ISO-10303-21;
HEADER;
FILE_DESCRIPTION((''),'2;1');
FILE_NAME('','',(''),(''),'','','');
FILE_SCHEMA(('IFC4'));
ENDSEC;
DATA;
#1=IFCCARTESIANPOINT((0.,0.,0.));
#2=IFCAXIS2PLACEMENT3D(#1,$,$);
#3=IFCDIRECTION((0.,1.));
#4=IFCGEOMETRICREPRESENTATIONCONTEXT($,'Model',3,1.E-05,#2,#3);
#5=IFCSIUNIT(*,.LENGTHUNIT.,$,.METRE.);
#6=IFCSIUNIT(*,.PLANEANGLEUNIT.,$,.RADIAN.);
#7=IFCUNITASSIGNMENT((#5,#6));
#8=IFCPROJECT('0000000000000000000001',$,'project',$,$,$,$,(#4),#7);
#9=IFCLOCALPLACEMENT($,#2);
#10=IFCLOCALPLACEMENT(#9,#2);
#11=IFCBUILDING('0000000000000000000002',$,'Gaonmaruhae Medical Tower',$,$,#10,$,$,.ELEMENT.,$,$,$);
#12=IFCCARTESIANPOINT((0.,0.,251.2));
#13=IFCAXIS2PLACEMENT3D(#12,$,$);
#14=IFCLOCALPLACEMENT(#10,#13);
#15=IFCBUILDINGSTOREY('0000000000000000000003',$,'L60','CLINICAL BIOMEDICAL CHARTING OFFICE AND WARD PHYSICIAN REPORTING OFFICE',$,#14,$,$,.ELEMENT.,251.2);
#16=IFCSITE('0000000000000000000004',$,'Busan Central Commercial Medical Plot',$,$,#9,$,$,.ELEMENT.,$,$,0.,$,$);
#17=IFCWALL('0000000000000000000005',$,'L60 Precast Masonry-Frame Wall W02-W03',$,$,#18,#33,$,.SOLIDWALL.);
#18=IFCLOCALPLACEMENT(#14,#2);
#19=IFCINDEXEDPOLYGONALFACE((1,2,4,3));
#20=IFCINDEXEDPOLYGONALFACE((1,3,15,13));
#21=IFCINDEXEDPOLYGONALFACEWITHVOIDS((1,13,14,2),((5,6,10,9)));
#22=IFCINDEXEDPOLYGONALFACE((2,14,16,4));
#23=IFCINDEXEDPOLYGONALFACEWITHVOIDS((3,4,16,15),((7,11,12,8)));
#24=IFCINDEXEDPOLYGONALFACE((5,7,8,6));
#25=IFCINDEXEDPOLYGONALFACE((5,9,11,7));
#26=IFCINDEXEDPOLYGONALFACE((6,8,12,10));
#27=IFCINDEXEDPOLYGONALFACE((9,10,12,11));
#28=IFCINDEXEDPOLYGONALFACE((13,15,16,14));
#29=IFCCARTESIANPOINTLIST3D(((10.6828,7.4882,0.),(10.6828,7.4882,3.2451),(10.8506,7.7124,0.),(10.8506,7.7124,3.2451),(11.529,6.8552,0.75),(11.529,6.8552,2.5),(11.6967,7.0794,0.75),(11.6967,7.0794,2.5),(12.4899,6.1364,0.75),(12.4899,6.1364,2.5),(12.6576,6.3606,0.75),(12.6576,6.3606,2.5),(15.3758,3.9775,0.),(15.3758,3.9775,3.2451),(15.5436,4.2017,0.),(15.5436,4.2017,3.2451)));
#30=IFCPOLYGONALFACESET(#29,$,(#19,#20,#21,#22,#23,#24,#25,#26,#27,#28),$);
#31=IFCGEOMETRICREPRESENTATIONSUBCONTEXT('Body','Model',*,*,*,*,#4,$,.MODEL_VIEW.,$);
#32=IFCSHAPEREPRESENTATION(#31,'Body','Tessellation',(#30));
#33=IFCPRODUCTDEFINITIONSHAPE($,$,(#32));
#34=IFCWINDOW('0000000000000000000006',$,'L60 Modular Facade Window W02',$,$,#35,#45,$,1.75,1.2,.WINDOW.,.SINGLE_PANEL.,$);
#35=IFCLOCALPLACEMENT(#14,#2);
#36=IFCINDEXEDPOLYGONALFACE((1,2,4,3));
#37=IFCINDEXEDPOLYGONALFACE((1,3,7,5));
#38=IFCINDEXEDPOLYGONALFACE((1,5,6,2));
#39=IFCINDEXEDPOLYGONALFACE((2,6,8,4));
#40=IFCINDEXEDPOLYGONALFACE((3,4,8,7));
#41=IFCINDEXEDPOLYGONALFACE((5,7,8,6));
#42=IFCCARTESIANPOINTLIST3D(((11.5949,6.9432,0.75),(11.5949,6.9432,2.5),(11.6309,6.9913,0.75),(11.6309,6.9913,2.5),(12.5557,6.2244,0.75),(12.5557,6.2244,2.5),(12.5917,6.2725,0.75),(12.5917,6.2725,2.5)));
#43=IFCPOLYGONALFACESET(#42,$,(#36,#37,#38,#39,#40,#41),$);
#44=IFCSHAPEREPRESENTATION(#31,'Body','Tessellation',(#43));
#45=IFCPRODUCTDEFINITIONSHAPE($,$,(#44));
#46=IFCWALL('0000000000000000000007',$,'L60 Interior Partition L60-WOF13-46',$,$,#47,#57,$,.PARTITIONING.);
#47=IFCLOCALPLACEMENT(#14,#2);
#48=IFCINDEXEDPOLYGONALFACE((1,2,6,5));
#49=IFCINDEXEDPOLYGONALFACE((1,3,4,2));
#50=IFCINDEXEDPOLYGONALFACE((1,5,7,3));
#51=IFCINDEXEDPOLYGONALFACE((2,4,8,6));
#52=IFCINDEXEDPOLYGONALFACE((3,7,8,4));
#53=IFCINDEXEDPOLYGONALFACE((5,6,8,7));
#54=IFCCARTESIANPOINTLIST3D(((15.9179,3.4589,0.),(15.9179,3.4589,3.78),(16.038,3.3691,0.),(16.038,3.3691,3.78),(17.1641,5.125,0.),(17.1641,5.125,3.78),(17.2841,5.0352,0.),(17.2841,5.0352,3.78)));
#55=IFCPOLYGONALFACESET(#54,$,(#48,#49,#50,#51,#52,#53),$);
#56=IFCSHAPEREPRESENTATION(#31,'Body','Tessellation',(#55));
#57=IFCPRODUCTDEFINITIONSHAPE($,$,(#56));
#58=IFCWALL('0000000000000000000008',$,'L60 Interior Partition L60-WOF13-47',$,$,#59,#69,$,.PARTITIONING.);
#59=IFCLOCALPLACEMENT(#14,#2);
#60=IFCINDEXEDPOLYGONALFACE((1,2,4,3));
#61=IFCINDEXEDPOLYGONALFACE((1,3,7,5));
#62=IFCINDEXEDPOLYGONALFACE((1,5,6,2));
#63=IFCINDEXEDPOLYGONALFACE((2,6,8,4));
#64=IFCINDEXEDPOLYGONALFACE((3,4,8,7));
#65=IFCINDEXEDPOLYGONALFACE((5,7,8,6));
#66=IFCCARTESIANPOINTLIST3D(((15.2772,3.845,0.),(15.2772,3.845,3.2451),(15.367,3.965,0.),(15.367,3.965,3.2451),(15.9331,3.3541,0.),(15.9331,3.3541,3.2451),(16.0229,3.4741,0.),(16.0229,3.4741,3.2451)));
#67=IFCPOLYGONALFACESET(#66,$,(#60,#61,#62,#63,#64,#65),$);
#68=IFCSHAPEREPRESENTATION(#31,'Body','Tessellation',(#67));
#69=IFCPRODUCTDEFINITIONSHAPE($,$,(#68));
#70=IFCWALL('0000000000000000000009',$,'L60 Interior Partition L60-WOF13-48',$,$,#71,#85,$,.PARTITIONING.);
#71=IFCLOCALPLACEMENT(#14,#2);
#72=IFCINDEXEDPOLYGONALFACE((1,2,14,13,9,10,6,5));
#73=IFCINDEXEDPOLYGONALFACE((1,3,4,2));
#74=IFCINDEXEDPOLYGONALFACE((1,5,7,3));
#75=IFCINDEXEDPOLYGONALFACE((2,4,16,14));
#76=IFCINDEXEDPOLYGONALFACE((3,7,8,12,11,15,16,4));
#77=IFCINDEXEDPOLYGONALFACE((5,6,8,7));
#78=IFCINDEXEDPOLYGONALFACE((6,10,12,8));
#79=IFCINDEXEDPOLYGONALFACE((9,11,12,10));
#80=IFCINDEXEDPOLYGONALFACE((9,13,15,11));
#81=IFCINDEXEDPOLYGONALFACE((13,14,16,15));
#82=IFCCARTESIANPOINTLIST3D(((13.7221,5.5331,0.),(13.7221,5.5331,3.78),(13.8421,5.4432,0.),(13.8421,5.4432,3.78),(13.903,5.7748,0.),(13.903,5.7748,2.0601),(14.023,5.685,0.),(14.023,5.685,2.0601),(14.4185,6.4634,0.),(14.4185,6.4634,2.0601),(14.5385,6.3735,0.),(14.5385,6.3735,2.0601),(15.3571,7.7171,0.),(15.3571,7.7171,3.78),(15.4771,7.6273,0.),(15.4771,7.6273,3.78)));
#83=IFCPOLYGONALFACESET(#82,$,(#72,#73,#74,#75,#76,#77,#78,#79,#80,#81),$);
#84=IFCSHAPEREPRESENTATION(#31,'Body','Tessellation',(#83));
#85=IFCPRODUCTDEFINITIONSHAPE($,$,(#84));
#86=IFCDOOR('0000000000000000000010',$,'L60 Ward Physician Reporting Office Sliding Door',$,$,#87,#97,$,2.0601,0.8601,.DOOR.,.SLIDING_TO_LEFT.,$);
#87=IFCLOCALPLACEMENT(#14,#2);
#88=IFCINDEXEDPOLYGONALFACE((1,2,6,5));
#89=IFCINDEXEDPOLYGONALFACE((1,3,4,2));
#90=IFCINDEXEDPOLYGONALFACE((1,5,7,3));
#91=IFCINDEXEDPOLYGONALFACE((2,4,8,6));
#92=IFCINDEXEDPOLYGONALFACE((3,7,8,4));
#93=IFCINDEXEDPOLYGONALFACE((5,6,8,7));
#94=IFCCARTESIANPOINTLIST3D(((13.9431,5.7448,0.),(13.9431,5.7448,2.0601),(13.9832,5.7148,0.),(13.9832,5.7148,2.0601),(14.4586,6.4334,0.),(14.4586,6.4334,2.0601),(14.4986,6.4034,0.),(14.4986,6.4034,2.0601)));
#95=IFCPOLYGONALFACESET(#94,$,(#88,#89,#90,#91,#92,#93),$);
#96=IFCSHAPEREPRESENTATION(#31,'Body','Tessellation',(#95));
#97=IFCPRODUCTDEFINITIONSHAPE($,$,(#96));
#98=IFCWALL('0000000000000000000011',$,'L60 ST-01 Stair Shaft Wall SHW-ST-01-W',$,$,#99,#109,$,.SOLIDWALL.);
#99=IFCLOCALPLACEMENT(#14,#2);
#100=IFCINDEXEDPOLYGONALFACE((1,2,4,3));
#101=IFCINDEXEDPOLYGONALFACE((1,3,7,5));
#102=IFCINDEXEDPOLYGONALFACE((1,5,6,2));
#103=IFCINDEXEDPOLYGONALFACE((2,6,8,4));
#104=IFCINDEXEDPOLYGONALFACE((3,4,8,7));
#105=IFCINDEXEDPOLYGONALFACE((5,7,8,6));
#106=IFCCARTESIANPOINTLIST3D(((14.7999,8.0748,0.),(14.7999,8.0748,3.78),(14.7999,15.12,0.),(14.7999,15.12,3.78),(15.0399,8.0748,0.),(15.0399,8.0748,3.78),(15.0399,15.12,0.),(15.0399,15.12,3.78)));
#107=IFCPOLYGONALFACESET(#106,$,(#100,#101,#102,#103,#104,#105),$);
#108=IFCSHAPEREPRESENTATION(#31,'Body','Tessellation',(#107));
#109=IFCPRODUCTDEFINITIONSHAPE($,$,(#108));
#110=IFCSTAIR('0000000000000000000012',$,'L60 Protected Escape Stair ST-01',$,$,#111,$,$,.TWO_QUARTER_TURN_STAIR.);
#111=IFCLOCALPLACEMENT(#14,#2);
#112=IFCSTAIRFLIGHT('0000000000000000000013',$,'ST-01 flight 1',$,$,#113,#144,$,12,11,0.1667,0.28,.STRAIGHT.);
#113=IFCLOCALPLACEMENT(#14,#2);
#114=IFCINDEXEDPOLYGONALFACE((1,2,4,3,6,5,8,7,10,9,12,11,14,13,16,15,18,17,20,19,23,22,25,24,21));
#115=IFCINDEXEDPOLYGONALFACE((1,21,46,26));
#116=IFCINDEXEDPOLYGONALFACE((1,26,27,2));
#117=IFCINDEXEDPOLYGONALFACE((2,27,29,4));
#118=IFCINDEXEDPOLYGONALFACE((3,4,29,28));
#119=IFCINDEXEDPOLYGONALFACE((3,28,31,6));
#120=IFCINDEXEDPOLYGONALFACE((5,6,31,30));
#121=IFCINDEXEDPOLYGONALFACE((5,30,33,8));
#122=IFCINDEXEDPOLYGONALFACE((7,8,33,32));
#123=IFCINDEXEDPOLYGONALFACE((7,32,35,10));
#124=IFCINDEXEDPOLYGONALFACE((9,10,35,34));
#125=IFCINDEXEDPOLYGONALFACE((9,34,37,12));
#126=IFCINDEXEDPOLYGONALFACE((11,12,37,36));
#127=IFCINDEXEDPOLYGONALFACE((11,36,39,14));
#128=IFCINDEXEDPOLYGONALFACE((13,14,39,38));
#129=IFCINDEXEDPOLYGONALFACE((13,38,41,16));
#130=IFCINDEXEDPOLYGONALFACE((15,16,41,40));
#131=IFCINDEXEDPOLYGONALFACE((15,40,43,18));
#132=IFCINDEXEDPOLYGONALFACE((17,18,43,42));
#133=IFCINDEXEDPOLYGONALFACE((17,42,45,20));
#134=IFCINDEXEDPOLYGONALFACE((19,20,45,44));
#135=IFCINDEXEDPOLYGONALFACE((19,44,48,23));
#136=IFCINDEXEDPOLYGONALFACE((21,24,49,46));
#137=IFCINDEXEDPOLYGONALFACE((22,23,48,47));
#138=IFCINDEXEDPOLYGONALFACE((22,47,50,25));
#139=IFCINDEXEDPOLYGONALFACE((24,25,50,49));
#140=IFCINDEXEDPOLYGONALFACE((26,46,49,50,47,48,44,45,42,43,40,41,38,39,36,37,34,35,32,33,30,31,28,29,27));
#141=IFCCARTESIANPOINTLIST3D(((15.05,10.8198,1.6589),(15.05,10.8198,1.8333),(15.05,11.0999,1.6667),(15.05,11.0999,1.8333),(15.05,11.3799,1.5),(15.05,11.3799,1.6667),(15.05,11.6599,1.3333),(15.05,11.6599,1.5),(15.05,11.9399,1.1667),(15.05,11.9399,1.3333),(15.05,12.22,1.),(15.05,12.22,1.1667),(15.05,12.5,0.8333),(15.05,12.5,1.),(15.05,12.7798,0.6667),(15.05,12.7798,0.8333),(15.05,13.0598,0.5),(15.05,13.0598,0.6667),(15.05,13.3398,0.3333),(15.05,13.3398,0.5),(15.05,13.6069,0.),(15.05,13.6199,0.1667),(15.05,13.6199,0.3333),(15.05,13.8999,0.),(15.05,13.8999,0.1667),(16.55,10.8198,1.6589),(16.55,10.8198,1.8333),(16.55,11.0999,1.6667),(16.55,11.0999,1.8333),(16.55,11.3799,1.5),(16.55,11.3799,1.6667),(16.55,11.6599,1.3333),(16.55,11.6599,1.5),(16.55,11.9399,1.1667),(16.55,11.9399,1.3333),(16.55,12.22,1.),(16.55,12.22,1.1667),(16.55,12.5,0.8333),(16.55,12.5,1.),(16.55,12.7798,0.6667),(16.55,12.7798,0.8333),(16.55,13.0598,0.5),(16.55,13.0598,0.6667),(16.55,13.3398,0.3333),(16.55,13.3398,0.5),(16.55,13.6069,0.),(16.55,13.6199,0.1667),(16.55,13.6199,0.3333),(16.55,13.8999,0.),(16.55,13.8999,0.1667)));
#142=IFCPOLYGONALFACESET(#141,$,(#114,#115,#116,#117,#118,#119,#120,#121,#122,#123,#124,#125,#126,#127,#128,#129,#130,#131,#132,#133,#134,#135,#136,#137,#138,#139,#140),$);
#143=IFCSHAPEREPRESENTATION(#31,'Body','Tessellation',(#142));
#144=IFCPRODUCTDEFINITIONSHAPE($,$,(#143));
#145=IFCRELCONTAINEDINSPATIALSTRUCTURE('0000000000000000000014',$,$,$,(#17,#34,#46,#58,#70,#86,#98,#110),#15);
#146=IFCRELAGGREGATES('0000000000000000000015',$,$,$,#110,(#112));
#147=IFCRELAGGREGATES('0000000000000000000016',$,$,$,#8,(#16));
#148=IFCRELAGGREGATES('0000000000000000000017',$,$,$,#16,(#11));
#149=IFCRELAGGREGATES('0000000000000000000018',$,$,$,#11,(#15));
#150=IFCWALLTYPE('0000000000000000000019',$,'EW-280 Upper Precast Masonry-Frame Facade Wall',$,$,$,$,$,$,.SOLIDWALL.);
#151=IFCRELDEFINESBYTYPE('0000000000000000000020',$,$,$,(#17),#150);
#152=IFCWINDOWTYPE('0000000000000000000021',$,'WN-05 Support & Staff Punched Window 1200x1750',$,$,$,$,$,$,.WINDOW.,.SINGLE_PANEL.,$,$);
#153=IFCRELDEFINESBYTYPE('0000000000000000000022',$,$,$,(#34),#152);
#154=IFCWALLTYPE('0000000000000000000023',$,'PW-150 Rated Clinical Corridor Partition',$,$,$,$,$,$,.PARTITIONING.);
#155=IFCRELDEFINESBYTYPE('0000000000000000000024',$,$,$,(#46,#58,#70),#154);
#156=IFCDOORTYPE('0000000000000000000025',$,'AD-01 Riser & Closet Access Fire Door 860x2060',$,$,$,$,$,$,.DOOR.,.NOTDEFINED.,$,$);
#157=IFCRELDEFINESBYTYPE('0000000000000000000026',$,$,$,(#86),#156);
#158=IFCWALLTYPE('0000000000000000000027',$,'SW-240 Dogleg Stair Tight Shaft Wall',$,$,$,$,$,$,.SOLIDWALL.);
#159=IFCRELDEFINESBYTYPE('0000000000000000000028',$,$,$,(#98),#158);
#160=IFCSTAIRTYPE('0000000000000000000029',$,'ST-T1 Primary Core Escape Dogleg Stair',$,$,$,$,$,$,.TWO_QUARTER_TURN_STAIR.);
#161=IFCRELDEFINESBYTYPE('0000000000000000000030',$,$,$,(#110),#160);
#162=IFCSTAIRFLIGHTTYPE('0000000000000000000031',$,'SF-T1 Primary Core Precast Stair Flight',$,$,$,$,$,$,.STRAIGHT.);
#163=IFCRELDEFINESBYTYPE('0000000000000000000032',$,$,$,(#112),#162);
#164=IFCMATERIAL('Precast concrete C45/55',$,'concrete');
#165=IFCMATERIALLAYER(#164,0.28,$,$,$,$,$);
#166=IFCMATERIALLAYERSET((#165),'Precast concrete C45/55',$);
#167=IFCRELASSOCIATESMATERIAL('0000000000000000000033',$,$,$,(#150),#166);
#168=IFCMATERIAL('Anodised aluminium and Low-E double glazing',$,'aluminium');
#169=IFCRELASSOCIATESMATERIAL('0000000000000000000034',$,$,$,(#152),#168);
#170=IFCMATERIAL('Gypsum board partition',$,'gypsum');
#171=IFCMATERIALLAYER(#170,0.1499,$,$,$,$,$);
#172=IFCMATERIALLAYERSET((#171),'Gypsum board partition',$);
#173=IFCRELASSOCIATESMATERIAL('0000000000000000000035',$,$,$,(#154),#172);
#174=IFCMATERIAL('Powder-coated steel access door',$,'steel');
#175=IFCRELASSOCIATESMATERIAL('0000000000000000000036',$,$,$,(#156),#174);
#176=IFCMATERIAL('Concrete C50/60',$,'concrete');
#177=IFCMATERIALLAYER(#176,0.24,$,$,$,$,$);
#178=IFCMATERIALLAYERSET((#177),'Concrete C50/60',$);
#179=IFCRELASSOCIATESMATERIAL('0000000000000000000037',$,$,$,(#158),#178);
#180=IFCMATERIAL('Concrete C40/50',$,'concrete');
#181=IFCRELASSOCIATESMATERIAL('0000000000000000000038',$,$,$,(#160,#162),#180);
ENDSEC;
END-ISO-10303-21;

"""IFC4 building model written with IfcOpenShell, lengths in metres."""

from ifc_helpers import new_model, si_unit, direction, frame, frame_2d, origin, place, context, subcontext, project, spatial, polyline, rectangle, outline, extrude, material, layer, layer_set, type_object, element, fill, aggregate, save


model = new_model("IFC4")

# Units and contexts
model_context = context("Model", 3, precision=1e-05, world=origin(), true_north=direction((0.0, 1.0)))
body_context = subcontext(model_context, "Body", "Model", "MODEL_VIEW")
ifc_project = project(units=[si_unit("LENGTHUNIT", "METRE"), si_unit("PLANEANGLEUNIT", "RADIAN")], contexts=[model_context])

# Site, building, storey
site_placement = place(None, origin())
site = spatial("IfcSite", under=ifc_project, at=site_placement, Name="Busan Central Commercial Medical Plot", CompositionType="ELEMENT", RefElevation=0.0)
building_placement = place(site_placement, origin())
building = spatial("IfcBuilding", under=site, at=building_placement, Name="Gaonmaruhae Medical Tower", CompositionType="ELEMENT")
storey_placement = place(building_placement, frame((0.0, 0.0, 251.2)))
storey = spatial("IfcBuildingStorey", under=building, at=storey_placement, Name="L60", Description="CLINICAL BIOMEDICAL CHARTING OFFICE AND WARD PHYSICIAN REPORTING OFFICE", CompositionType="ELEMENT", Elevation=251.2)

# Shared definitions
ifc_material_1 = material(Name="Concrete C50/60", Category="concrete")

# Wall, opening, window
ifc_material_2 = material(Name="Precast concrete C45/55", Category="concrete")
ifc_layer_1 = layer(ifc_material_2, 0.28)
ifc_layer_set_1 = layer_set([ifc_layer_1], Name="Precast concrete C45/55")
wall_type_1 = type_object("IfcWallType", Name="EW-280 Upper Precast Masonry-Frame Facade Wall", PredefinedType="SOLIDWALL", material=ifc_layer_set_1)
wall_1_placement = place(storey_placement, frame((15.4597, 4.0896, 0.0), z_axis=(0.0, 0.0, 1.0), x_axis=(-0.800744, 0.599006, 0.0)))
wall_1 = element("IfcWall", 1, at=wall_1_placement, inside=storey, type_object=wall_type_1, Name="L60 Precast Masonry-Frame Wall W02-W03", PredefinedType="SOLIDWALL", context=body_context, shape_type="SweptSolid", body=[
    extrude(rectangle(XDim=5.8608, YDim=0.28, at=frame_2d((2.9304, 0.0))), origin(), (0.0, 0.0, 1.0), 3.2451),
])
opening_1_placement = place(wall_1_placement, frame((3.604, 0.0, 0.75)))
opening_1 = element("IfcOpeningElement", 2, at=opening_1_placement, cuts=wall_1, PredefinedType="OPENING", context=body_context, shape_type="SweptSolid", body=[
    extrude(rectangle(XDim=1.2, YDim=1.75, at=frame_2d((0.6001, 0.875))), frame((0.0, 0.1499, 0.0), z_axis=(0.0, -1.0, 0.0), x_axis=(1.0, 0.0, 0.0)), (0.0, 0.0, 1.0), 0.3),
])
ifc_material_3 = material(Name="Anodised aluminium and Low-E double glazing", Category="aluminium")
window_type = type_object("IfcWindowType", Name="WN-05 Support & Staff Punched Window 1200x1750", PartitioningType="SINGLE_PANEL", PredefinedType="WINDOW", material=ifc_material_3)
window_placement = place(opening_1_placement, origin())
window = element("IfcWindow", 3, at=window_placement, inside=storey, type_object=window_type, Name="L60 Modular Facade Window W02", OverallHeight=1.75, OverallWidth=1.2, PartitioningType="SINGLE_PANEL", PredefinedType="WINDOW", context=body_context, shape_type="SweptSolid", body=[
    extrude(rectangle(XDim=1.2, YDim=1.75, at=frame_2d((0.6001, 0.875))), frame((0.0, 0.03, 0.0), z_axis=(0.0, -1.0, 0.0), x_axis=(1.0, 0.0, 0.0)), (0.0, 0.0, 1.0), 0.0601),
])
fill(opening_1, window)

# Walls
ifc_material_4 = material(Name="Gypsum board partition", Category="gypsum")
ifc_layer_2 = layer(ifc_material_4, 0.1499)
ifc_layer_set_2 = layer_set([ifc_layer_2], Name="Gypsum board partition")
wall_type_2 = type_object("IfcWallType", Name="PW-150 Rated Clinical Corridor Partition", PredefinedType="PARTITIONING", material=ifc_layer_set_2)
wall_2_placement = place(storey_placement, frame((17.2241, 5.0801, 0.0), z_axis=(0.0, 0.0, 1.0), x_axis=(-0.598948, -0.800788, 0.0)))
element("IfcWall", 4, at=wall_2_placement, inside=storey, type_object=wall_type_2, Name="L60 Interior Partition L60-WOF13-46", PredefinedType="PARTITIONING", context=body_context, shape_type="SweptSolid", body=[
    extrude(rectangle(XDim=2.0806, YDim=0.1499, at=frame_2d((1.0403, 0.0))), origin(), (0.0, 0.0, 1.0), 3.78),
])
wall_3_placement = place(storey_placement, frame((15.978, 3.4141, 0.0), z_axis=(0.0, 0.0, 1.0), x_axis=(-0.800607, 0.599189, 0.0)))
element("IfcWall", 5, at=wall_3_placement, inside=storey, type_object=wall_type_2, Name="L60 Interior Partition L60-WOF13-47", PredefinedType="PARTITIONING", context=body_context, shape_type="SweptSolid", body=[
    extrude(rectangle(XDim=0.8193, YDim=0.1499, at=frame_2d((0.4097, 0.0))), origin(), (0.0, 0.0, 1.0), 3.2451),
])

# Wall, opening, door
wall_4_placement = place(storey_placement, frame((13.782, 5.488, 0.0), z_axis=(0.0, 0.0, 1.0), x_axis=(0.599284, 0.800537, 0.0)))
wall_4 = element("IfcWall", 6, at=wall_4_placement, inside=storey, type_object=wall_type_2, Name="L60 Interior Partition L60-WOF13-48", PredefinedType="PARTITIONING", context=body_context, shape_type="SweptSolid", body=[
    extrude(rectangle(XDim=2.7283, YDim=0.1499, at=frame_2d((1.3643, 0.0))), origin(), (0.0, 0.0, 1.0), 3.78),
])
opening_2_placement = place(wall_4_placement, frame((0.302, 0.0, 0.0)))
opening_2 = element("IfcOpeningElement", 7, at=opening_2_placement, cuts=wall_4, PredefinedType="OPENING", context=body_context, shape_type="SweptSolid", body=[
    extrude(rectangle(XDim=0.8601, YDim=2.0601, at=frame_2d((0.4302, 1.03))), frame((0.0, 0.085, 0.0), z_axis=(0.0, -1.0, 0.0), x_axis=(1.0, 0.0, 0.0)), (0.0, 0.0, 1.0), 0.1699),
])
ifc_material_5 = material(Name="Powder-coated steel access door", Category="steel")
door_type = type_object("IfcDoorType", Name="AD-01 Riser & Closet Access Fire Door 860x2060", OperationType="NOTDEFINED", PredefinedType="DOOR", material=ifc_material_5)
door_placement = place(opening_2_placement, origin())
door = element("IfcDoor", 8, at=door_placement, inside=storey, type_object=door_type, Name="L60 Ward Physician Reporting Office Sliding Door", OperationType="SLIDING_TO_LEFT", OverallHeight=2.0601, OverallWidth=0.8601, PredefinedType="DOOR", context=body_context, shape_type="SweptSolid", body=[
    extrude(rectangle(XDim=0.8601, YDim=2.0601, at=frame_2d((0.4302, 1.03))), frame((0.0, 0.0249, 0.0), z_axis=(0.0, -1.0, 0.0), x_axis=(1.0, 0.0, 0.0)), (0.0, 0.0, 1.0), 0.05),
])
fill(opening_2, door)

# Wall
ifc_layer_3 = layer(ifc_material_1, 0.24)
ifc_layer_set_3 = layer_set([ifc_layer_3], Name="Concrete C50/60")
wall_type_3 = type_object("IfcWallType", Name="SW-240 Dogleg Stair Tight Shaft Wall", PredefinedType="SOLIDWALL", material=ifc_layer_set_3)
wall_5_placement = place(storey_placement, frame((14.9199, 8.075, 0.0), z_axis=(0.0, 0.0, 1.0), x_axis=(0.0, 1.0, 0.0)))
element("IfcWall", 9, at=wall_5_placement, inside=storey, type_object=wall_type_3, Name="L60 ST-01 Stair Shaft Wall SHW-ST-01-W", PredefinedType="SOLIDWALL", context=body_context, shape_type="SweptSolid", body=[
    extrude(rectangle(XDim=7.0452, YDim=0.24, at=frame_2d((3.5225, 0.0))), origin(), (0.0, 0.0, 1.0), 3.78),
])

# Stair, stair flight
ifc_material_6 = material(Name="Concrete C40/50", Category="concrete")
stair_type = type_object("IfcStairType", Name="ST-T1 Primary Core Escape Dogleg Stair", PredefinedType="TWO_QUARTER_TURN_STAIR", material=ifc_material_6)
stair_placement = place(storey_placement, origin())
stair = element("IfcStair", 10, at=stair_placement, inside=storey, type_object=stair_type, Name="L60 Protected Escape Stair ST-01", PredefinedType="TWO_QUARTER_TURN_STAIR")
stair_flight_type = type_object("IfcStairFlightType", Name="SF-T1 Primary Core Precast Stair Flight", PredefinedType="STRAIGHT", material=ifc_material_6)
stair_flight_1_placement = place(storey_placement, frame((15.8, 13.8999, 0.0), z_axis=(0.0, 0.0, 1.0), x_axis=(0.0, -1.0, 0.0)))
stair_flight_1 = element("IfcStairFlight", 11, at=stair_flight_1_placement, type_object=stair_flight_type, Name="ST-01 flight 1", NumberOfRisers=12, NumberOfTreads=11, PredefinedType="STRAIGHT", RiserHeight=0.1667, TreadLength=0.28, context=body_context, shape_type="SweptSolid", body=[
    extrude(outline(polyline([(0.0, 0.0), (0.0, 0.1667), (0.28, 0.1667), (0.28, 0.3333), (0.5601, 0.3333), (0.5601, 0.5), (0.8401, 0.5), (0.8401, 0.6667), (1.1201, 0.6667), (1.1201, 0.8333), (1.3999, 0.8333), (1.3999, 1.0), (1.6799, 1.0), (1.6799, 1.1667), (1.96, 1.1667), (1.96, 1.3333), (2.24, 1.3333), (2.24, 1.5), (2.52, 1.5), (2.52, 1.6667), (2.8, 1.6667), (2.8, 1.8333), (3.0801, 1.8333), (3.0801, 2.0), (3.0801, 1.6589), (0.293, 0.0), (0.0, 0.0)])), frame((0.0, 0.75, 0.0), z_axis=(0.0, -1.0, 0.0), x_axis=(1.0, 0.0, 0.0)), (0.0, 0.0, 1.0), 1.5),
])
aggregate(stair, [stair_flight_1])

save(model, "model.ifc")
